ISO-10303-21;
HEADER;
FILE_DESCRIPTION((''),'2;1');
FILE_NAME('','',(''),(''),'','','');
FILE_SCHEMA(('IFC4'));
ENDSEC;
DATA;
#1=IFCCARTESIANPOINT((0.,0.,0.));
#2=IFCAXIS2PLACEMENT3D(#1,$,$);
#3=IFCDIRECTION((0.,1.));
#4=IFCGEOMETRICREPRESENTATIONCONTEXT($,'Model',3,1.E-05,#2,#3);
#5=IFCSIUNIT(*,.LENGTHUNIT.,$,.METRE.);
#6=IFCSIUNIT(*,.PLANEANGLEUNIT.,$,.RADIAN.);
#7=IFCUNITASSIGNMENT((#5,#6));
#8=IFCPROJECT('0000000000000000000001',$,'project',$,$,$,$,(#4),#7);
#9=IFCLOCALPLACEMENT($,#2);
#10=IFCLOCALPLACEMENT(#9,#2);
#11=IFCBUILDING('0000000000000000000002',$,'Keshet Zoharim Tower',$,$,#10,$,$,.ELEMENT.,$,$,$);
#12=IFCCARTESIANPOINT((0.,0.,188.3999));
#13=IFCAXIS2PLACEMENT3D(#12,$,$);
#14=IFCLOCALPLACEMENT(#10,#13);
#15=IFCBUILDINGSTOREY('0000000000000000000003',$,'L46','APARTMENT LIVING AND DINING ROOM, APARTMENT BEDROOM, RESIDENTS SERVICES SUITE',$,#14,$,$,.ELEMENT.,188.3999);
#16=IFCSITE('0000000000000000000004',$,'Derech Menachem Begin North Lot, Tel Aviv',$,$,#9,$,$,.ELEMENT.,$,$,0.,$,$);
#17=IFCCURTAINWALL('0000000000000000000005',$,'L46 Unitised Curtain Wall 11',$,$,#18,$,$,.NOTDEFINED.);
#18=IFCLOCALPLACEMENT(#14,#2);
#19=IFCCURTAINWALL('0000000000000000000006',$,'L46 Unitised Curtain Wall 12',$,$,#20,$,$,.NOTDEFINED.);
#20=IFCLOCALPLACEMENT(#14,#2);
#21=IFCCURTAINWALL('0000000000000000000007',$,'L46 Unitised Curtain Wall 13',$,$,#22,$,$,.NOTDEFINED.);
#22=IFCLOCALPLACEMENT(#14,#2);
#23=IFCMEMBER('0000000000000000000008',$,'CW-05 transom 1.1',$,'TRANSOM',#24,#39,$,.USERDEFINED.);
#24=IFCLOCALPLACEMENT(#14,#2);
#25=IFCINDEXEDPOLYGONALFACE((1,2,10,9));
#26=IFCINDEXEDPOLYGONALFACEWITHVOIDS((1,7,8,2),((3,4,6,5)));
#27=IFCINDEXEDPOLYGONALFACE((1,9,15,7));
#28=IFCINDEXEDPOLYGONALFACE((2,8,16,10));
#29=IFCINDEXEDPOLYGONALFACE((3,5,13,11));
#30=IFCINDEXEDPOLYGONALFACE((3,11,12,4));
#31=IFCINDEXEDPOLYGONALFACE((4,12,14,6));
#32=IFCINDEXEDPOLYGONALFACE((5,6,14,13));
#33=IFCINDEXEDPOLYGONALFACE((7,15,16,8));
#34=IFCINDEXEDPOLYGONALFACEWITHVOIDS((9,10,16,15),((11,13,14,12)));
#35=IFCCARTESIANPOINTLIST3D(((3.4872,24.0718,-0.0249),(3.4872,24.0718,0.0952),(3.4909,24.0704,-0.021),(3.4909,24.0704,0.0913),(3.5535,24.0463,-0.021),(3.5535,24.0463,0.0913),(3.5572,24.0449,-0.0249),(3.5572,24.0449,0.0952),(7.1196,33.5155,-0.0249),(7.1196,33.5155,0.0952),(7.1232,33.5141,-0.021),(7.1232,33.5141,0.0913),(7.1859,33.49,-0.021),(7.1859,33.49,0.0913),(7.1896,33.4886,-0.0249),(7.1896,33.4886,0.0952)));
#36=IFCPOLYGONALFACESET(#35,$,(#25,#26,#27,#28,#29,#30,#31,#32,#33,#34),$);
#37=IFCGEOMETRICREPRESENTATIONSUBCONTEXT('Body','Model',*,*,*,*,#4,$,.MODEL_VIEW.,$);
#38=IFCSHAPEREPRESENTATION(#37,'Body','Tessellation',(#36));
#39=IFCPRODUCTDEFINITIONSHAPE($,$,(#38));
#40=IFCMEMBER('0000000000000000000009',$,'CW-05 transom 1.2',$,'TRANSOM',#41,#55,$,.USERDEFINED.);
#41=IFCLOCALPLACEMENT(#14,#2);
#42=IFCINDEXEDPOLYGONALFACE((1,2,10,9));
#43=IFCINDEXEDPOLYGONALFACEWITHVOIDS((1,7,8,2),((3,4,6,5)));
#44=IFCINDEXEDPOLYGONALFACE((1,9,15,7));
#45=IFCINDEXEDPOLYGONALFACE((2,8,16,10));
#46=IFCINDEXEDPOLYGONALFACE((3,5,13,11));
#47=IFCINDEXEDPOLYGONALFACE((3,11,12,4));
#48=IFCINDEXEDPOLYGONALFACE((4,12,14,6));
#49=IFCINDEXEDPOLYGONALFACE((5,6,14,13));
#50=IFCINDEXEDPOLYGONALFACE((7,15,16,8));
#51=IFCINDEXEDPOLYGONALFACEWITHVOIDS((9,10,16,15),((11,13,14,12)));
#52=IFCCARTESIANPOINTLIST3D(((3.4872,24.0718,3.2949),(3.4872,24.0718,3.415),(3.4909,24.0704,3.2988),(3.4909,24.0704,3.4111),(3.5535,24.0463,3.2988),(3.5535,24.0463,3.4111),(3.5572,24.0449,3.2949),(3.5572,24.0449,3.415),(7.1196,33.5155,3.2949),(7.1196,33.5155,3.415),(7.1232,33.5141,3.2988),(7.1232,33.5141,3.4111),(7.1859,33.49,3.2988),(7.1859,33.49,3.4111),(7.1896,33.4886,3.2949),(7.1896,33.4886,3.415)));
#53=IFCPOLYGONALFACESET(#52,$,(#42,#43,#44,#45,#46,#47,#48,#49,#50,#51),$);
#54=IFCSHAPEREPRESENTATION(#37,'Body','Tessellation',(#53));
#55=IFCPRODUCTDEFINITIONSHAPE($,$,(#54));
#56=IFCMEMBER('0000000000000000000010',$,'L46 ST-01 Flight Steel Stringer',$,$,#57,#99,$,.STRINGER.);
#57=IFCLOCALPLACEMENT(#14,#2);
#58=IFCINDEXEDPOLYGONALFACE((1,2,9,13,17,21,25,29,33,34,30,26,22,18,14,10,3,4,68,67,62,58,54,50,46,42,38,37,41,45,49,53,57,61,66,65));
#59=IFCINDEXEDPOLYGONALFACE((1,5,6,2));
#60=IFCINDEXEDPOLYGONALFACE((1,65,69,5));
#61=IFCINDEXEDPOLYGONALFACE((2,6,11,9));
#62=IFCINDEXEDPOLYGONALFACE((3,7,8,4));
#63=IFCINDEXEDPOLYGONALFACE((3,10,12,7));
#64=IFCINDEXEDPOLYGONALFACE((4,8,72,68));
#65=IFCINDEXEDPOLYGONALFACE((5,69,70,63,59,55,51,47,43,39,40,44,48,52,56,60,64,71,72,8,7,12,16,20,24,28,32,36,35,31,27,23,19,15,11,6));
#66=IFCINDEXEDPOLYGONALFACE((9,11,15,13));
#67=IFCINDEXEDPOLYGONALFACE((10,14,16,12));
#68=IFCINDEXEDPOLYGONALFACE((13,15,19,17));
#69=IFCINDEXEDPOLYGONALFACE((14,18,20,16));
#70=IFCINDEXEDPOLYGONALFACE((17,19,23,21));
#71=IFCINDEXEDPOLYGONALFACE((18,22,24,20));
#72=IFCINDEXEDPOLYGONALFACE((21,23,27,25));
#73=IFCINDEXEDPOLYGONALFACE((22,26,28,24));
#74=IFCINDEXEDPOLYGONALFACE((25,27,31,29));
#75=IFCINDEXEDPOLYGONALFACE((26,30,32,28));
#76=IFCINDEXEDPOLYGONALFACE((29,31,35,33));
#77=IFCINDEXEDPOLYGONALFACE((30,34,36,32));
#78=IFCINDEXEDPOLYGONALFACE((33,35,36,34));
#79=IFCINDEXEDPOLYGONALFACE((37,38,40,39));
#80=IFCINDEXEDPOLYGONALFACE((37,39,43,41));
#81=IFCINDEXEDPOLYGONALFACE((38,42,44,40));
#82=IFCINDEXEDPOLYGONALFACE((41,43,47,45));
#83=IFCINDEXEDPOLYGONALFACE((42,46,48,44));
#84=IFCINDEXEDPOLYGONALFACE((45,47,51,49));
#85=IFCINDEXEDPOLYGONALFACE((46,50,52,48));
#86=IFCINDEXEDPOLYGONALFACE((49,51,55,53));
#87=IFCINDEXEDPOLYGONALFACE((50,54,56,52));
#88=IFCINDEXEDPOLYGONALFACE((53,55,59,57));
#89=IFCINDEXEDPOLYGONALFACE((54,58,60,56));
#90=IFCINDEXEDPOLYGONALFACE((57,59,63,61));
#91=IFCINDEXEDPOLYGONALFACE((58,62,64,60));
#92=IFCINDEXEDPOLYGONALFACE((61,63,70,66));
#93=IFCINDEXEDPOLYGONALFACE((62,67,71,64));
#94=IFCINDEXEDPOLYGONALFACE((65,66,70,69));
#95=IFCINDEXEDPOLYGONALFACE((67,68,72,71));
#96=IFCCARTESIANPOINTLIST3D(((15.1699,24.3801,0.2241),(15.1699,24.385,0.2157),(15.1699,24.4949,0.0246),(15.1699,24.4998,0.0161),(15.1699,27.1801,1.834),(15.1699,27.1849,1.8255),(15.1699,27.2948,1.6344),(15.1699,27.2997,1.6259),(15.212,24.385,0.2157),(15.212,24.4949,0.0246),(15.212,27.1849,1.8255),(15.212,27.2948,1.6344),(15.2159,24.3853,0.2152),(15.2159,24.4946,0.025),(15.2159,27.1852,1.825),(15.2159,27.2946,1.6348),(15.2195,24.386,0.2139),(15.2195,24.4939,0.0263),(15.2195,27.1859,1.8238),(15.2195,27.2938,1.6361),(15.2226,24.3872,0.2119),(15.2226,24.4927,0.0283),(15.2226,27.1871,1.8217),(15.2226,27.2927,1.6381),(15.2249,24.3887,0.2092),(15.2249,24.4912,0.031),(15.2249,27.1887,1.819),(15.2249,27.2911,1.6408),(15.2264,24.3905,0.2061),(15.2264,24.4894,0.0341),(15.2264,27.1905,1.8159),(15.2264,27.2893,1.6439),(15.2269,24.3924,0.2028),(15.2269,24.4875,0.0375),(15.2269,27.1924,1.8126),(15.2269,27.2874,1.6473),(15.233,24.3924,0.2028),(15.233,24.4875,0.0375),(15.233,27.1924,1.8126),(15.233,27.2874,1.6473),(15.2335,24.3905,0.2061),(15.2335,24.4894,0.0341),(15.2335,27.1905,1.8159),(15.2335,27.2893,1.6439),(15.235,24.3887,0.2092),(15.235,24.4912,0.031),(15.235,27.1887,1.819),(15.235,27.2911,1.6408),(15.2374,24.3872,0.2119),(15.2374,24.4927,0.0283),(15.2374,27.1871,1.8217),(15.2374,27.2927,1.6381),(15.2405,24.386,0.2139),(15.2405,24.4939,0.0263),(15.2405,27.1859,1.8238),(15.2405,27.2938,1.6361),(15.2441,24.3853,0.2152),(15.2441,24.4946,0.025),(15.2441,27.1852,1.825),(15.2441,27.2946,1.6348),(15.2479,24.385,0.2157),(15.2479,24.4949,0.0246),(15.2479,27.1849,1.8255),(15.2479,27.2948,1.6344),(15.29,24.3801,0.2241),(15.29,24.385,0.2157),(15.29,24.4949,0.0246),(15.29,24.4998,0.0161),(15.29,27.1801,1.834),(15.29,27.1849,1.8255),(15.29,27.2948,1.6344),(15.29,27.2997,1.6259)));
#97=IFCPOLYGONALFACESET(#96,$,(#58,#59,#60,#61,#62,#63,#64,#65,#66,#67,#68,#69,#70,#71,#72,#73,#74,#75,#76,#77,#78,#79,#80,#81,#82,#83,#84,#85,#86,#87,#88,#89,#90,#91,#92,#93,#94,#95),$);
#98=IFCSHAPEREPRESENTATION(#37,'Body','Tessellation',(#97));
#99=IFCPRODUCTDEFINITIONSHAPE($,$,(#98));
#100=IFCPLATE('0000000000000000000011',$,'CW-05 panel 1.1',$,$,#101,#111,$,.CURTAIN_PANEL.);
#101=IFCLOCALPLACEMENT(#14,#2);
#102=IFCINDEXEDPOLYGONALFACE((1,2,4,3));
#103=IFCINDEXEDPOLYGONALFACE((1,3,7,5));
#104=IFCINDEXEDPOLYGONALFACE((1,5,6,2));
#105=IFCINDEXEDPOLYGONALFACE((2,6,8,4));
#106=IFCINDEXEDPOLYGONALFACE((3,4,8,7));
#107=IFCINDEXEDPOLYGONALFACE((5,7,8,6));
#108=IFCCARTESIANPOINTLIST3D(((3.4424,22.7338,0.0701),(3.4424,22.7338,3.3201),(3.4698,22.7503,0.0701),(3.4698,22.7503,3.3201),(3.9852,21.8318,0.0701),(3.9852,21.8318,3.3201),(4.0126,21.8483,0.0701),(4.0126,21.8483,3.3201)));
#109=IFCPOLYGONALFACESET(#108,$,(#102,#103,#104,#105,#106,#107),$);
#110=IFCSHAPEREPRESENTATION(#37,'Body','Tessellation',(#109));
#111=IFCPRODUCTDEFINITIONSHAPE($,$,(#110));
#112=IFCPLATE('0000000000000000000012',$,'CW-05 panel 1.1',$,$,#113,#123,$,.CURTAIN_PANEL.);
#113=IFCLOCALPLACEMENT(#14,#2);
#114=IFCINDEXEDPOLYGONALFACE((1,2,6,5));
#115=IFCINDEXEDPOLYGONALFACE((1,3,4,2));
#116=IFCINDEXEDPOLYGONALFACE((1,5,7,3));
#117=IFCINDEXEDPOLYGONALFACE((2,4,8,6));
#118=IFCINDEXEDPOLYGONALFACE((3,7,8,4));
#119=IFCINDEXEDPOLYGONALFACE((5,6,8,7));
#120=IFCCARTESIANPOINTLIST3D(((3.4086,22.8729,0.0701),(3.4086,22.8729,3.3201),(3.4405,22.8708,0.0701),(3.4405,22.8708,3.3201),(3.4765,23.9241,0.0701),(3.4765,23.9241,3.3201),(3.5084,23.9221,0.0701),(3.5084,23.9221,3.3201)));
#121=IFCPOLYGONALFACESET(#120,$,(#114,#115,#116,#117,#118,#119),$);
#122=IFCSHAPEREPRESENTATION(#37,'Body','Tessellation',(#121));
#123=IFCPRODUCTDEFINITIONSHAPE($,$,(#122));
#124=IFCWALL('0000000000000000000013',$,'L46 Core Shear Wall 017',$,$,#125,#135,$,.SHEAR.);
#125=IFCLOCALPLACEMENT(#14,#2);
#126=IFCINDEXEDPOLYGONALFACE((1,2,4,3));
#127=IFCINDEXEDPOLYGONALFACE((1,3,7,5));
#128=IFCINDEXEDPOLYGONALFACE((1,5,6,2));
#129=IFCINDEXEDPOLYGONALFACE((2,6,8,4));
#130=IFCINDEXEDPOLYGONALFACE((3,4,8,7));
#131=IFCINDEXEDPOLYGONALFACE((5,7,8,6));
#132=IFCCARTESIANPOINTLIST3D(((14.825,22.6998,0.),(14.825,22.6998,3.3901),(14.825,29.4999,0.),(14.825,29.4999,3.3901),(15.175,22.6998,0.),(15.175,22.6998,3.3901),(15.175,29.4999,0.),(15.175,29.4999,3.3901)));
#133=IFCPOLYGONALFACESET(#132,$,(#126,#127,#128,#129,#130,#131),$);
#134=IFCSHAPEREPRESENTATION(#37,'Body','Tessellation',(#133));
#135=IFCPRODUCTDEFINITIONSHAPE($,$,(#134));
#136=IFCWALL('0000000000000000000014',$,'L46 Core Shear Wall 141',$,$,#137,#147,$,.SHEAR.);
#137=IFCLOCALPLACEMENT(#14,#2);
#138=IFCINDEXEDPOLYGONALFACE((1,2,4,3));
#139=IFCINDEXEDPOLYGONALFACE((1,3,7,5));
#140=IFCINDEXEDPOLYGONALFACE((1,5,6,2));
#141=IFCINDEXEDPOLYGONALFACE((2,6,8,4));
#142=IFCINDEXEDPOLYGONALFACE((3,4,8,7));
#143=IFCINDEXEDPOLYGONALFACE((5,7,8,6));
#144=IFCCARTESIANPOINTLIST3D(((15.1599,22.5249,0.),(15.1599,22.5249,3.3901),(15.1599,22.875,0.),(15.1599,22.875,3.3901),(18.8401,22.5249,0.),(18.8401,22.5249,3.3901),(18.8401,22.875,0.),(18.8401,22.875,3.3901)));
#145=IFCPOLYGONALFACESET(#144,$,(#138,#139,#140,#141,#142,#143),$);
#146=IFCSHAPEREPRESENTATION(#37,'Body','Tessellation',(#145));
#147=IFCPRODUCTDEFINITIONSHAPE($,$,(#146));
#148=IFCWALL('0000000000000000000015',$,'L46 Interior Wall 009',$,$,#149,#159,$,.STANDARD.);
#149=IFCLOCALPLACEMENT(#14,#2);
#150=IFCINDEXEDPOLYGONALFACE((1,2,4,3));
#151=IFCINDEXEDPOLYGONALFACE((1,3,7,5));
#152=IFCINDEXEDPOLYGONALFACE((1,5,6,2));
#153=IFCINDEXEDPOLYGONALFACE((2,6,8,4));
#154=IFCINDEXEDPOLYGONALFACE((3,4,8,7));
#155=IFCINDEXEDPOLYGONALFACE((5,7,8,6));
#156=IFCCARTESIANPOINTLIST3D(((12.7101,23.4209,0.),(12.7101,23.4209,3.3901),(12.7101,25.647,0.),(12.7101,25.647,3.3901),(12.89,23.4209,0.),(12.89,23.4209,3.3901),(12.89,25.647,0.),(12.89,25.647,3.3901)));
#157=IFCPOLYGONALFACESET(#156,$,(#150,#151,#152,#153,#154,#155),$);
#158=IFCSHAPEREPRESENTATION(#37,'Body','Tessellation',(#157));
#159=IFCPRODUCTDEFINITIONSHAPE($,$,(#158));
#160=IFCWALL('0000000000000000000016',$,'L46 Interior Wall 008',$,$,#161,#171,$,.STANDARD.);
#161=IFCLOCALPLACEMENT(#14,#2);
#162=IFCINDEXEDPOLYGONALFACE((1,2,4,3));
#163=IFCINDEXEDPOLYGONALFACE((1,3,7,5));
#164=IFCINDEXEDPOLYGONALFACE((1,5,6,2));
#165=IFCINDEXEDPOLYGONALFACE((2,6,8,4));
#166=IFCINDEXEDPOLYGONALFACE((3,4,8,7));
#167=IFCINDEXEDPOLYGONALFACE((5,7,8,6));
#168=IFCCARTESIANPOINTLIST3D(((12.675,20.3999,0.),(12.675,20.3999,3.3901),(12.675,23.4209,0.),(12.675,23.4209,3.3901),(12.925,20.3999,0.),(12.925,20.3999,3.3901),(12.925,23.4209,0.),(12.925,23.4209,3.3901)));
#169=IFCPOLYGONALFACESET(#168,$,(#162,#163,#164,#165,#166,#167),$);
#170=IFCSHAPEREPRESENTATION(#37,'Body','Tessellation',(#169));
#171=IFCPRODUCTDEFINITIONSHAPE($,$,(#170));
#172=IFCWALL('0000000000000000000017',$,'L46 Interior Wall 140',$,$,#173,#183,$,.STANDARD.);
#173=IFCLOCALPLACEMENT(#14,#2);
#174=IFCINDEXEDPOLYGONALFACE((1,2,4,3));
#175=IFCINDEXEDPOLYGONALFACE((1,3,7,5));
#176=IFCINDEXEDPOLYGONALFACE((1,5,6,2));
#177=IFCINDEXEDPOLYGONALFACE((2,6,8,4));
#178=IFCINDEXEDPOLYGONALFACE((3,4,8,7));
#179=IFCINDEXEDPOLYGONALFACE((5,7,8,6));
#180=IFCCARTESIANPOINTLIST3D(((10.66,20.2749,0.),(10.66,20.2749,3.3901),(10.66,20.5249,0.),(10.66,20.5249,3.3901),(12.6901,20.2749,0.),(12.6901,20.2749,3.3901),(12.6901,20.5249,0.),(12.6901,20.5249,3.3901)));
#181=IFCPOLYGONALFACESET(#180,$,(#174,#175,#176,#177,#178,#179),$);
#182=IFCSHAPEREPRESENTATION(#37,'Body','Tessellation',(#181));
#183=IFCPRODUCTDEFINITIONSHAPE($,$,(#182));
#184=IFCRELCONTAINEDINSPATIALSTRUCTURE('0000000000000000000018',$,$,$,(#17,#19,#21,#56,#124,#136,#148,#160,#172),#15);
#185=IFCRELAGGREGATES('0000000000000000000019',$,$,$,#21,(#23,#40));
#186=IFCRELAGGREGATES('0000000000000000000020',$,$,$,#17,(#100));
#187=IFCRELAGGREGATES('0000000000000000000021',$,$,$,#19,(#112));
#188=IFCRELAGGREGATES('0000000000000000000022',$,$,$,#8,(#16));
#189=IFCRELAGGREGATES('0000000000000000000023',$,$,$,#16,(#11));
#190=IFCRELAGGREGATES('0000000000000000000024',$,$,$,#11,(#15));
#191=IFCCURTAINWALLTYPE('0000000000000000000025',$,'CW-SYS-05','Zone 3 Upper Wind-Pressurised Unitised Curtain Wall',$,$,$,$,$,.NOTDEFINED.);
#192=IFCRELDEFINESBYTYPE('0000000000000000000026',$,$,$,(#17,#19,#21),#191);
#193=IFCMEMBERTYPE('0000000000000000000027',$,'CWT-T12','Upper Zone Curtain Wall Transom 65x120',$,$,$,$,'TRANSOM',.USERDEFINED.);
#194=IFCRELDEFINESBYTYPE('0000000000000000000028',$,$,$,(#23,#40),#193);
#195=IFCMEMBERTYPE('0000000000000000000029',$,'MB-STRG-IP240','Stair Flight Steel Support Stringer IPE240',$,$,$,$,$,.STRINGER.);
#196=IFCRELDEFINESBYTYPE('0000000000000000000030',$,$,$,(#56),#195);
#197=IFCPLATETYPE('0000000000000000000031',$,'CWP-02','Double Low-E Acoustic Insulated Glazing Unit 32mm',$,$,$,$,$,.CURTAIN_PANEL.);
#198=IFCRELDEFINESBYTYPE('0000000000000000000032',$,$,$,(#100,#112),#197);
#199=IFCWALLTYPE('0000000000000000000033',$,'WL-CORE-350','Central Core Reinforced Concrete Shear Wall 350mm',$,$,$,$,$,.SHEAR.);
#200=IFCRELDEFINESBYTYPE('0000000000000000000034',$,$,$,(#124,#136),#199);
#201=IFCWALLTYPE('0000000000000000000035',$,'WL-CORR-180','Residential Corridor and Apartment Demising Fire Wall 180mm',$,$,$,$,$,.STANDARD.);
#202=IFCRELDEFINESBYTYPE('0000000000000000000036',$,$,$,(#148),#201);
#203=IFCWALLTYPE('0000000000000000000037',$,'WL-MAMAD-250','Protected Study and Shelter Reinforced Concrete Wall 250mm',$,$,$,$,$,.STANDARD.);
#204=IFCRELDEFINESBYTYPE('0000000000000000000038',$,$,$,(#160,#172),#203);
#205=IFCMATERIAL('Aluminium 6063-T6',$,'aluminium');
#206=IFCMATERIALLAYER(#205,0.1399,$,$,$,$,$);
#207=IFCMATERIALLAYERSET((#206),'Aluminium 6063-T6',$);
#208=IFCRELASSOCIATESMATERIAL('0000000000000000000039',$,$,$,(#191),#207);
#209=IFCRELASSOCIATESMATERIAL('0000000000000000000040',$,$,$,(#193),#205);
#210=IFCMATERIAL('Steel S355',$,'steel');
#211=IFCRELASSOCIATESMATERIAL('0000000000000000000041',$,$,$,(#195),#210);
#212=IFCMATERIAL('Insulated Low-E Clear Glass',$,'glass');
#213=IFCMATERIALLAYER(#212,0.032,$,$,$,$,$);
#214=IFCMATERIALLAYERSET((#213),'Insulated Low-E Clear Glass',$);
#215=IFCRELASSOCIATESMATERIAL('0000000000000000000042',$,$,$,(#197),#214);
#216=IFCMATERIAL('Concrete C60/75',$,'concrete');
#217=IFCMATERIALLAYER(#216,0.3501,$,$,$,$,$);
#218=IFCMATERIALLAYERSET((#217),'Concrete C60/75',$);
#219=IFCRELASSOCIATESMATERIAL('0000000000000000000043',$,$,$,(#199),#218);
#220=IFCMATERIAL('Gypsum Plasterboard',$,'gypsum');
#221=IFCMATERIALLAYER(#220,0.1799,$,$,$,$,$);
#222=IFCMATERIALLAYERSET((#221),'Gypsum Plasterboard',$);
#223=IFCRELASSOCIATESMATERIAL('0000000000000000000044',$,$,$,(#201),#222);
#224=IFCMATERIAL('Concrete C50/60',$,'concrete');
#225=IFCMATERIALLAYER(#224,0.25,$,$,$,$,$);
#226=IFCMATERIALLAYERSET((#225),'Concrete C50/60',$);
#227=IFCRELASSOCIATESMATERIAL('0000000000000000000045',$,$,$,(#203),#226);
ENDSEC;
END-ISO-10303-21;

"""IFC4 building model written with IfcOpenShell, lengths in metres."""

from ifc_helpers import new_model, si_unit, direction, frame, frame_2d, origin, origin_2d, place, context, subcontext, project, spatial, rectangle, hollow_rectangle, i_section, extrude, material, layer, layer_set, material_profile, profile_set, type_object, element, aggregate, save


model = new_model("IFC4")

# Units and contexts
model_context = context("Model", 3, precision=1e-05, world=origin(), true_north=direction((0.0, 1.0)))
body_context = subcontext(model_context, "Body", "Model", "MODEL_VIEW")
ifc_project = project(units=[si_unit("LENGTHUNIT", "METRE"), si_unit("PLANEANGLEUNIT", "RADIAN")], contexts=[model_context])

# Site, building, storey
site_placement = place(None, origin())
site = spatial("IfcSite", under=ifc_project, at=site_placement, Name="Derech Menachem Begin North Lot, Tel Aviv", CompositionType="ELEMENT", RefElevation=0.0)
building_placement = place(site_placement, origin())
building = spatial("IfcBuilding", under=site, at=building_placement, Name="Keshet Zoharim Tower", CompositionType="ELEMENT")
storey_placement = place(building_placement, frame((0.0, 0.0, 188.3999)))
storey = spatial("IfcBuildingStorey", under=building, at=storey_placement, Name="L46", Description="APARTMENT LIVING AND DINING ROOM, APARTMENT BEDROOM, RESIDENTS SERVICES SUITE", CompositionType="ELEMENT", Elevation=188.3999)

# Shared definitions
ifc_material_1 = material(Name="Concrete C60/75", Category="concrete")

# Shared definitions
ifc_material_2 = material(Name="Aluminium 6063-T6", Category="aluminium")
ifc_layer_1 = layer(ifc_material_2, 0.1399)
ifc_layer_set_1 = layer_set([ifc_layer_1], Name="Aluminium 6063-T6")
curtain_wall_type = type_object("IfcCurtainWallType", Name="CW-SYS-05", Description="Zone 3 Upper Wind-Pressurised Unitised Curtain Wall", PredefinedType="NOTDEFINED", material=ifc_layer_set_1)

# Curtain walls
curtain_wall_1_placement = place(storey_placement, origin())
curtain_wall_1 = element("IfcCurtainWall", 1, at=curtain_wall_1_placement, inside=storey, type_object=curtain_wall_type, Name="L46 Unitised Curtain Wall 11", PredefinedType="NOTDEFINED")
curtain_wall_2_placement = place(storey_placement, origin())
curtain_wall_2 = element("IfcCurtainWall", 2, at=curtain_wall_2_placement, inside=storey, type_object=curtain_wall_type, Name="L46 Unitised Curtain Wall 12", PredefinedType="NOTDEFINED")

# Curtain wall
curtain_wall_3_placement = place(storey_placement, origin())
curtain_wall_3 = element("IfcCurtainWall", 3, at=curtain_wall_3_placement, inside=storey, type_object=curtain_wall_type, Name="L46 Unitised Curtain Wall 13", PredefinedType="NOTDEFINED")

# Members
ifc_material_profile_1 = material_profile(ifc_material_2, hollow_rectangle(XDim=0.075, YDim=0.1201, WallThickness=0.0039, at=origin_2d()), Name="TRN-75x120")
ifc_profile_set_1 = profile_set([ifc_material_profile_1], Name="Aluminium 6063-T6")
member_type_1 = type_object("IfcMemberType", Name="CWT-T12", Description="Upper Zone Curtain Wall Transom 65x120", ElementType="TRANSOM", PredefinedType="USERDEFINED", material=ifc_profile_set_1)
member_1_placement = place(storey_placement, frame((3.5222, 24.0583, 0.0352), z_axis=(0.358994, 0.93334, 0.0), x_axis=(-0.93334, 0.358994, 0.0)))
member_1 = element("IfcMember", 4, at=member_1_placement, type_object=member_type_1, Name="CW-05 transom 1.1", ObjectType="TRANSOM", PredefinedType="USERDEFINED", context=body_context, shape_type="SweptSolid", body=[
    extrude(hollow_rectangle(XDim=0.075, YDim=0.1201, WallThickness=0.0039, at=origin_2d()), origin(), (0.0, 0.0, 1.0), 10.1182),
])
member_2_placement = place(storey_placement, frame((3.5222, 24.0583, 3.355), z_axis=(0.358994, 0.93334, 0.0), x_axis=(-0.93334, 0.358994, 0.0)))
member_2 = element("IfcMember", 5, at=member_2_placement, type_object=member_type_1, Name="CW-05 transom 1.2", ObjectType="TRANSOM", PredefinedType="USERDEFINED", context=body_context, shape_type="SweptSolid", body=[
    extrude(hollow_rectangle(XDim=0.075, YDim=0.1201, WallThickness=0.0039, at=origin_2d()), origin(), (0.0, 0.0, 1.0), 10.1182),
])
aggregate(curtain_wall_3, [member_1, member_2])
ifc_material_3 = material(Name="Steel S355", Category="steel")
ifc_material_profile_2 = material_profile(ifc_material_3, i_section(OverallWidth=0.1201, OverallDepth=0.24, WebThickness=0.0061, FlangeThickness=0.0098, FilletRadius=0.0149, at=origin_2d()), Name="IPE240")
ifc_profile_set_2 = profile_set([ifc_material_profile_2], Name="Steel S355")
member_type_2 = type_object("IfcMemberType", Name="MB-STRG-IP240", Description="Stair Flight Steel Support Stringer IPE240", PredefinedType="STRINGER", material=ifc_profile_set_2)
member_3_placement = place(storey_placement, frame((15.23, 24.4399, 0.1201), z_axis=(0.0, 0.866928, 0.498433), x_axis=(-1.0, 0.0, 0.0)))
element("IfcMember", 6, at=member_3_placement, inside=storey, type_object=member_type_2, Name="L46 ST-01 Flight Steel Stringer", PredefinedType="STRINGER", context=body_context, shape_type="SweptSolid", body=[
    extrude(i_section(OverallWidth=0.1201, OverallDepth=0.24, WebThickness=0.0061, FlangeThickness=0.0098, FilletRadius=0.0149, at=origin_2d()), origin(), (0.0, 0.0, 1.0), 3.2297),
])

# Plates
ifc_material_4 = material(Name="Insulated Low-E Clear Glass", Category="glass")
ifc_layer_2 = layer(ifc_material_4, 0.032)
ifc_layer_set_2 = layer_set([ifc_layer_2], Name="Insulated Low-E Clear Glass")
plate_type = type_object("IfcPlateType", Name="CWP-02", Description="Double Low-E Acoustic Insulated Glazing Unit 32mm", PredefinedType="CURTAIN_PANEL", material=ifc_layer_set_2)
plate_1_placement = place(storey_placement, frame((3.7275, 22.291, 0.0701), z_axis=(0.0, 0.0, 1.0), x_axis=(-0.515605, 0.856826, 0.0)))
plate_1 = element("IfcPlate", 7, at=plate_1_placement, type_object=plate_type, Name="CW-05 panel 1.1", PredefinedType="CURTAIN_PANEL", context=body_context, shape_type="SweptSolid", body=[
    extrude(rectangle(XDim=1.0527, YDim=0.032, at=origin_2d()), origin(), (0.0, 0.0, 1.0), 3.25),
])
aggregate(curtain_wall_1, [plate_1])
plate_2_placement = place(storey_placement, frame((3.4585, 23.3975, 0.0701), z_axis=(0.0, 0.0, 1.0), x_axis=(0.064517, 0.997917, 0.0)))
plate_2 = element("IfcPlate", 8, at=plate_2_placement, type_object=plate_type, Name="CW-05 panel 1.1", PredefinedType="CURTAIN_PANEL", context=body_context, shape_type="SweptSolid", body=[
    extrude(rectangle(XDim=1.0535, YDim=0.032, at=origin_2d()), origin(), (0.0, 0.0, 1.0), 3.25),
])
aggregate(curtain_wall_2, [plate_2])

# Walls
ifc_layer_3 = layer(ifc_material_1, 0.3501)
ifc_layer_set_3 = layer_set([ifc_layer_3], Name="Concrete C60/75")
wall_type_1 = type_object("IfcWallType", Name="WL-CORE-350", Description="Central Core Reinforced Concrete Shear Wall 350mm", PredefinedType="SHEAR", material=ifc_layer_set_3)
wall_1_placement = place(storey_placement, frame((15.0, 22.7, 0.0), z_axis=(0.0, 0.0, 1.0), x_axis=(0.0, 1.0, 0.0)))
element("IfcWall", 9, at=wall_1_placement, inside=storey, type_object=wall_type_1, Name="L46 Core Shear Wall 017", PredefinedType="SHEAR", context=body_context, shape_type="SweptSolid", body=[
    extrude(rectangle(XDim=6.8, YDim=0.3501, at=frame_2d((3.3999, 0.0))), origin(), (0.0, 0.0, 1.0), 3.3901),
])
wall_2_placement = place(storey_placement, frame((15.1599, 22.7, 0.0), z_axis=(0.0, 0.0, 1.0), x_axis=(1.0, 0.0, 0.0)))
element("IfcWall", 10, at=wall_2_placement, inside=storey, type_object=wall_type_1, Name="L46 Core Shear Wall 141", PredefinedType="SHEAR", context=body_context, shape_type="SweptSolid", body=[
    extrude(rectangle(XDim=3.6802, YDim=0.3501, at=frame_2d((1.8401, 0.0))), origin(), (0.0, 0.0, 1.0), 3.3901),
])
ifc_material_5 = material(Name="Gypsum Plasterboard", Category="gypsum")
ifc_layer_4 = layer(ifc_material_5, 0.1799)
ifc_layer_set_4 = layer_set([ifc_layer_4], Name="Gypsum Plasterboard")
wall_type_2 = type_object("IfcWallType", Name="WL-CORR-180", Description="Residential Corridor and Apartment Demising Fire Wall 180mm", PredefinedType="STANDARD", material=ifc_layer_set_4)
wall_3_placement = place(storey_placement, frame((12.8, 23.4209, 0.0), z_axis=(0.0, 0.0, 1.0), x_axis=(0.0, 1.0, 0.0)))
element("IfcWall", 11, at=wall_3_placement, inside=storey, type_object=wall_type_2, Name="L46 Interior Wall 009", PredefinedType="STANDARD", context=body_context, shape_type="SweptSolid", body=[
    extrude(rectangle(XDim=2.2261, YDim=0.1799, at=frame_2d((1.113, 0.0))), origin(), (0.0, 0.0, 1.0), 3.3901),
])

# Shared definitions
ifc_material_6 = material(Name="Concrete C50/60", Category="concrete")
ifc_layer_5 = layer(ifc_material_6, 0.25)
ifc_layer_set_5 = layer_set([ifc_layer_5], Name="Concrete C50/60")
wall_type_3 = type_object("IfcWallType", Name="WL-MAMAD-250", Description="Protected Study and Shelter Reinforced Concrete Wall 250mm", PredefinedType="STANDARD", material=ifc_layer_set_5)

# Walls
wall_4_placement = place(storey_placement, frame((12.8, 20.3999, 0.0), z_axis=(0.0, 0.0, 1.0), x_axis=(0.0, 1.0, 0.0)))
element("IfcWall", 12, at=wall_4_placement, inside=storey, type_object=wall_type_3, Name="L46 Interior Wall 008", PredefinedType="STANDARD", context=body_context, shape_type="SweptSolid", body=[
    extrude(rectangle(XDim=3.021, YDim=0.25, at=frame_2d((1.5105, 0.0))), origin(), (0.0, 0.0, 1.0), 3.3901),
])
for number, where, z_axis, x_axis, name in (
    (13, (10.6599, 20.3999, 0.0), (0.0, 0.0, 1.0), (1.0, 0.0, 0.0), "L46 Interior Wall 140"),
):
    element("IfcWall", number, at=place(storey_placement, frame(where, z_axis=z_axis, x_axis=x_axis)), inside=storey, type_object=wall_type_3, Name=name, PredefinedType="STANDARD", context=body_context, shape_type="SweptSolid", body=[
        extrude(rectangle(XDim=2.03, YDim=0.25, at=frame_2d((1.0151, 0.0))), origin(), (0.0, 0.0, 1.0), 3.3901),
    ])

save(model, "model.ifc")
